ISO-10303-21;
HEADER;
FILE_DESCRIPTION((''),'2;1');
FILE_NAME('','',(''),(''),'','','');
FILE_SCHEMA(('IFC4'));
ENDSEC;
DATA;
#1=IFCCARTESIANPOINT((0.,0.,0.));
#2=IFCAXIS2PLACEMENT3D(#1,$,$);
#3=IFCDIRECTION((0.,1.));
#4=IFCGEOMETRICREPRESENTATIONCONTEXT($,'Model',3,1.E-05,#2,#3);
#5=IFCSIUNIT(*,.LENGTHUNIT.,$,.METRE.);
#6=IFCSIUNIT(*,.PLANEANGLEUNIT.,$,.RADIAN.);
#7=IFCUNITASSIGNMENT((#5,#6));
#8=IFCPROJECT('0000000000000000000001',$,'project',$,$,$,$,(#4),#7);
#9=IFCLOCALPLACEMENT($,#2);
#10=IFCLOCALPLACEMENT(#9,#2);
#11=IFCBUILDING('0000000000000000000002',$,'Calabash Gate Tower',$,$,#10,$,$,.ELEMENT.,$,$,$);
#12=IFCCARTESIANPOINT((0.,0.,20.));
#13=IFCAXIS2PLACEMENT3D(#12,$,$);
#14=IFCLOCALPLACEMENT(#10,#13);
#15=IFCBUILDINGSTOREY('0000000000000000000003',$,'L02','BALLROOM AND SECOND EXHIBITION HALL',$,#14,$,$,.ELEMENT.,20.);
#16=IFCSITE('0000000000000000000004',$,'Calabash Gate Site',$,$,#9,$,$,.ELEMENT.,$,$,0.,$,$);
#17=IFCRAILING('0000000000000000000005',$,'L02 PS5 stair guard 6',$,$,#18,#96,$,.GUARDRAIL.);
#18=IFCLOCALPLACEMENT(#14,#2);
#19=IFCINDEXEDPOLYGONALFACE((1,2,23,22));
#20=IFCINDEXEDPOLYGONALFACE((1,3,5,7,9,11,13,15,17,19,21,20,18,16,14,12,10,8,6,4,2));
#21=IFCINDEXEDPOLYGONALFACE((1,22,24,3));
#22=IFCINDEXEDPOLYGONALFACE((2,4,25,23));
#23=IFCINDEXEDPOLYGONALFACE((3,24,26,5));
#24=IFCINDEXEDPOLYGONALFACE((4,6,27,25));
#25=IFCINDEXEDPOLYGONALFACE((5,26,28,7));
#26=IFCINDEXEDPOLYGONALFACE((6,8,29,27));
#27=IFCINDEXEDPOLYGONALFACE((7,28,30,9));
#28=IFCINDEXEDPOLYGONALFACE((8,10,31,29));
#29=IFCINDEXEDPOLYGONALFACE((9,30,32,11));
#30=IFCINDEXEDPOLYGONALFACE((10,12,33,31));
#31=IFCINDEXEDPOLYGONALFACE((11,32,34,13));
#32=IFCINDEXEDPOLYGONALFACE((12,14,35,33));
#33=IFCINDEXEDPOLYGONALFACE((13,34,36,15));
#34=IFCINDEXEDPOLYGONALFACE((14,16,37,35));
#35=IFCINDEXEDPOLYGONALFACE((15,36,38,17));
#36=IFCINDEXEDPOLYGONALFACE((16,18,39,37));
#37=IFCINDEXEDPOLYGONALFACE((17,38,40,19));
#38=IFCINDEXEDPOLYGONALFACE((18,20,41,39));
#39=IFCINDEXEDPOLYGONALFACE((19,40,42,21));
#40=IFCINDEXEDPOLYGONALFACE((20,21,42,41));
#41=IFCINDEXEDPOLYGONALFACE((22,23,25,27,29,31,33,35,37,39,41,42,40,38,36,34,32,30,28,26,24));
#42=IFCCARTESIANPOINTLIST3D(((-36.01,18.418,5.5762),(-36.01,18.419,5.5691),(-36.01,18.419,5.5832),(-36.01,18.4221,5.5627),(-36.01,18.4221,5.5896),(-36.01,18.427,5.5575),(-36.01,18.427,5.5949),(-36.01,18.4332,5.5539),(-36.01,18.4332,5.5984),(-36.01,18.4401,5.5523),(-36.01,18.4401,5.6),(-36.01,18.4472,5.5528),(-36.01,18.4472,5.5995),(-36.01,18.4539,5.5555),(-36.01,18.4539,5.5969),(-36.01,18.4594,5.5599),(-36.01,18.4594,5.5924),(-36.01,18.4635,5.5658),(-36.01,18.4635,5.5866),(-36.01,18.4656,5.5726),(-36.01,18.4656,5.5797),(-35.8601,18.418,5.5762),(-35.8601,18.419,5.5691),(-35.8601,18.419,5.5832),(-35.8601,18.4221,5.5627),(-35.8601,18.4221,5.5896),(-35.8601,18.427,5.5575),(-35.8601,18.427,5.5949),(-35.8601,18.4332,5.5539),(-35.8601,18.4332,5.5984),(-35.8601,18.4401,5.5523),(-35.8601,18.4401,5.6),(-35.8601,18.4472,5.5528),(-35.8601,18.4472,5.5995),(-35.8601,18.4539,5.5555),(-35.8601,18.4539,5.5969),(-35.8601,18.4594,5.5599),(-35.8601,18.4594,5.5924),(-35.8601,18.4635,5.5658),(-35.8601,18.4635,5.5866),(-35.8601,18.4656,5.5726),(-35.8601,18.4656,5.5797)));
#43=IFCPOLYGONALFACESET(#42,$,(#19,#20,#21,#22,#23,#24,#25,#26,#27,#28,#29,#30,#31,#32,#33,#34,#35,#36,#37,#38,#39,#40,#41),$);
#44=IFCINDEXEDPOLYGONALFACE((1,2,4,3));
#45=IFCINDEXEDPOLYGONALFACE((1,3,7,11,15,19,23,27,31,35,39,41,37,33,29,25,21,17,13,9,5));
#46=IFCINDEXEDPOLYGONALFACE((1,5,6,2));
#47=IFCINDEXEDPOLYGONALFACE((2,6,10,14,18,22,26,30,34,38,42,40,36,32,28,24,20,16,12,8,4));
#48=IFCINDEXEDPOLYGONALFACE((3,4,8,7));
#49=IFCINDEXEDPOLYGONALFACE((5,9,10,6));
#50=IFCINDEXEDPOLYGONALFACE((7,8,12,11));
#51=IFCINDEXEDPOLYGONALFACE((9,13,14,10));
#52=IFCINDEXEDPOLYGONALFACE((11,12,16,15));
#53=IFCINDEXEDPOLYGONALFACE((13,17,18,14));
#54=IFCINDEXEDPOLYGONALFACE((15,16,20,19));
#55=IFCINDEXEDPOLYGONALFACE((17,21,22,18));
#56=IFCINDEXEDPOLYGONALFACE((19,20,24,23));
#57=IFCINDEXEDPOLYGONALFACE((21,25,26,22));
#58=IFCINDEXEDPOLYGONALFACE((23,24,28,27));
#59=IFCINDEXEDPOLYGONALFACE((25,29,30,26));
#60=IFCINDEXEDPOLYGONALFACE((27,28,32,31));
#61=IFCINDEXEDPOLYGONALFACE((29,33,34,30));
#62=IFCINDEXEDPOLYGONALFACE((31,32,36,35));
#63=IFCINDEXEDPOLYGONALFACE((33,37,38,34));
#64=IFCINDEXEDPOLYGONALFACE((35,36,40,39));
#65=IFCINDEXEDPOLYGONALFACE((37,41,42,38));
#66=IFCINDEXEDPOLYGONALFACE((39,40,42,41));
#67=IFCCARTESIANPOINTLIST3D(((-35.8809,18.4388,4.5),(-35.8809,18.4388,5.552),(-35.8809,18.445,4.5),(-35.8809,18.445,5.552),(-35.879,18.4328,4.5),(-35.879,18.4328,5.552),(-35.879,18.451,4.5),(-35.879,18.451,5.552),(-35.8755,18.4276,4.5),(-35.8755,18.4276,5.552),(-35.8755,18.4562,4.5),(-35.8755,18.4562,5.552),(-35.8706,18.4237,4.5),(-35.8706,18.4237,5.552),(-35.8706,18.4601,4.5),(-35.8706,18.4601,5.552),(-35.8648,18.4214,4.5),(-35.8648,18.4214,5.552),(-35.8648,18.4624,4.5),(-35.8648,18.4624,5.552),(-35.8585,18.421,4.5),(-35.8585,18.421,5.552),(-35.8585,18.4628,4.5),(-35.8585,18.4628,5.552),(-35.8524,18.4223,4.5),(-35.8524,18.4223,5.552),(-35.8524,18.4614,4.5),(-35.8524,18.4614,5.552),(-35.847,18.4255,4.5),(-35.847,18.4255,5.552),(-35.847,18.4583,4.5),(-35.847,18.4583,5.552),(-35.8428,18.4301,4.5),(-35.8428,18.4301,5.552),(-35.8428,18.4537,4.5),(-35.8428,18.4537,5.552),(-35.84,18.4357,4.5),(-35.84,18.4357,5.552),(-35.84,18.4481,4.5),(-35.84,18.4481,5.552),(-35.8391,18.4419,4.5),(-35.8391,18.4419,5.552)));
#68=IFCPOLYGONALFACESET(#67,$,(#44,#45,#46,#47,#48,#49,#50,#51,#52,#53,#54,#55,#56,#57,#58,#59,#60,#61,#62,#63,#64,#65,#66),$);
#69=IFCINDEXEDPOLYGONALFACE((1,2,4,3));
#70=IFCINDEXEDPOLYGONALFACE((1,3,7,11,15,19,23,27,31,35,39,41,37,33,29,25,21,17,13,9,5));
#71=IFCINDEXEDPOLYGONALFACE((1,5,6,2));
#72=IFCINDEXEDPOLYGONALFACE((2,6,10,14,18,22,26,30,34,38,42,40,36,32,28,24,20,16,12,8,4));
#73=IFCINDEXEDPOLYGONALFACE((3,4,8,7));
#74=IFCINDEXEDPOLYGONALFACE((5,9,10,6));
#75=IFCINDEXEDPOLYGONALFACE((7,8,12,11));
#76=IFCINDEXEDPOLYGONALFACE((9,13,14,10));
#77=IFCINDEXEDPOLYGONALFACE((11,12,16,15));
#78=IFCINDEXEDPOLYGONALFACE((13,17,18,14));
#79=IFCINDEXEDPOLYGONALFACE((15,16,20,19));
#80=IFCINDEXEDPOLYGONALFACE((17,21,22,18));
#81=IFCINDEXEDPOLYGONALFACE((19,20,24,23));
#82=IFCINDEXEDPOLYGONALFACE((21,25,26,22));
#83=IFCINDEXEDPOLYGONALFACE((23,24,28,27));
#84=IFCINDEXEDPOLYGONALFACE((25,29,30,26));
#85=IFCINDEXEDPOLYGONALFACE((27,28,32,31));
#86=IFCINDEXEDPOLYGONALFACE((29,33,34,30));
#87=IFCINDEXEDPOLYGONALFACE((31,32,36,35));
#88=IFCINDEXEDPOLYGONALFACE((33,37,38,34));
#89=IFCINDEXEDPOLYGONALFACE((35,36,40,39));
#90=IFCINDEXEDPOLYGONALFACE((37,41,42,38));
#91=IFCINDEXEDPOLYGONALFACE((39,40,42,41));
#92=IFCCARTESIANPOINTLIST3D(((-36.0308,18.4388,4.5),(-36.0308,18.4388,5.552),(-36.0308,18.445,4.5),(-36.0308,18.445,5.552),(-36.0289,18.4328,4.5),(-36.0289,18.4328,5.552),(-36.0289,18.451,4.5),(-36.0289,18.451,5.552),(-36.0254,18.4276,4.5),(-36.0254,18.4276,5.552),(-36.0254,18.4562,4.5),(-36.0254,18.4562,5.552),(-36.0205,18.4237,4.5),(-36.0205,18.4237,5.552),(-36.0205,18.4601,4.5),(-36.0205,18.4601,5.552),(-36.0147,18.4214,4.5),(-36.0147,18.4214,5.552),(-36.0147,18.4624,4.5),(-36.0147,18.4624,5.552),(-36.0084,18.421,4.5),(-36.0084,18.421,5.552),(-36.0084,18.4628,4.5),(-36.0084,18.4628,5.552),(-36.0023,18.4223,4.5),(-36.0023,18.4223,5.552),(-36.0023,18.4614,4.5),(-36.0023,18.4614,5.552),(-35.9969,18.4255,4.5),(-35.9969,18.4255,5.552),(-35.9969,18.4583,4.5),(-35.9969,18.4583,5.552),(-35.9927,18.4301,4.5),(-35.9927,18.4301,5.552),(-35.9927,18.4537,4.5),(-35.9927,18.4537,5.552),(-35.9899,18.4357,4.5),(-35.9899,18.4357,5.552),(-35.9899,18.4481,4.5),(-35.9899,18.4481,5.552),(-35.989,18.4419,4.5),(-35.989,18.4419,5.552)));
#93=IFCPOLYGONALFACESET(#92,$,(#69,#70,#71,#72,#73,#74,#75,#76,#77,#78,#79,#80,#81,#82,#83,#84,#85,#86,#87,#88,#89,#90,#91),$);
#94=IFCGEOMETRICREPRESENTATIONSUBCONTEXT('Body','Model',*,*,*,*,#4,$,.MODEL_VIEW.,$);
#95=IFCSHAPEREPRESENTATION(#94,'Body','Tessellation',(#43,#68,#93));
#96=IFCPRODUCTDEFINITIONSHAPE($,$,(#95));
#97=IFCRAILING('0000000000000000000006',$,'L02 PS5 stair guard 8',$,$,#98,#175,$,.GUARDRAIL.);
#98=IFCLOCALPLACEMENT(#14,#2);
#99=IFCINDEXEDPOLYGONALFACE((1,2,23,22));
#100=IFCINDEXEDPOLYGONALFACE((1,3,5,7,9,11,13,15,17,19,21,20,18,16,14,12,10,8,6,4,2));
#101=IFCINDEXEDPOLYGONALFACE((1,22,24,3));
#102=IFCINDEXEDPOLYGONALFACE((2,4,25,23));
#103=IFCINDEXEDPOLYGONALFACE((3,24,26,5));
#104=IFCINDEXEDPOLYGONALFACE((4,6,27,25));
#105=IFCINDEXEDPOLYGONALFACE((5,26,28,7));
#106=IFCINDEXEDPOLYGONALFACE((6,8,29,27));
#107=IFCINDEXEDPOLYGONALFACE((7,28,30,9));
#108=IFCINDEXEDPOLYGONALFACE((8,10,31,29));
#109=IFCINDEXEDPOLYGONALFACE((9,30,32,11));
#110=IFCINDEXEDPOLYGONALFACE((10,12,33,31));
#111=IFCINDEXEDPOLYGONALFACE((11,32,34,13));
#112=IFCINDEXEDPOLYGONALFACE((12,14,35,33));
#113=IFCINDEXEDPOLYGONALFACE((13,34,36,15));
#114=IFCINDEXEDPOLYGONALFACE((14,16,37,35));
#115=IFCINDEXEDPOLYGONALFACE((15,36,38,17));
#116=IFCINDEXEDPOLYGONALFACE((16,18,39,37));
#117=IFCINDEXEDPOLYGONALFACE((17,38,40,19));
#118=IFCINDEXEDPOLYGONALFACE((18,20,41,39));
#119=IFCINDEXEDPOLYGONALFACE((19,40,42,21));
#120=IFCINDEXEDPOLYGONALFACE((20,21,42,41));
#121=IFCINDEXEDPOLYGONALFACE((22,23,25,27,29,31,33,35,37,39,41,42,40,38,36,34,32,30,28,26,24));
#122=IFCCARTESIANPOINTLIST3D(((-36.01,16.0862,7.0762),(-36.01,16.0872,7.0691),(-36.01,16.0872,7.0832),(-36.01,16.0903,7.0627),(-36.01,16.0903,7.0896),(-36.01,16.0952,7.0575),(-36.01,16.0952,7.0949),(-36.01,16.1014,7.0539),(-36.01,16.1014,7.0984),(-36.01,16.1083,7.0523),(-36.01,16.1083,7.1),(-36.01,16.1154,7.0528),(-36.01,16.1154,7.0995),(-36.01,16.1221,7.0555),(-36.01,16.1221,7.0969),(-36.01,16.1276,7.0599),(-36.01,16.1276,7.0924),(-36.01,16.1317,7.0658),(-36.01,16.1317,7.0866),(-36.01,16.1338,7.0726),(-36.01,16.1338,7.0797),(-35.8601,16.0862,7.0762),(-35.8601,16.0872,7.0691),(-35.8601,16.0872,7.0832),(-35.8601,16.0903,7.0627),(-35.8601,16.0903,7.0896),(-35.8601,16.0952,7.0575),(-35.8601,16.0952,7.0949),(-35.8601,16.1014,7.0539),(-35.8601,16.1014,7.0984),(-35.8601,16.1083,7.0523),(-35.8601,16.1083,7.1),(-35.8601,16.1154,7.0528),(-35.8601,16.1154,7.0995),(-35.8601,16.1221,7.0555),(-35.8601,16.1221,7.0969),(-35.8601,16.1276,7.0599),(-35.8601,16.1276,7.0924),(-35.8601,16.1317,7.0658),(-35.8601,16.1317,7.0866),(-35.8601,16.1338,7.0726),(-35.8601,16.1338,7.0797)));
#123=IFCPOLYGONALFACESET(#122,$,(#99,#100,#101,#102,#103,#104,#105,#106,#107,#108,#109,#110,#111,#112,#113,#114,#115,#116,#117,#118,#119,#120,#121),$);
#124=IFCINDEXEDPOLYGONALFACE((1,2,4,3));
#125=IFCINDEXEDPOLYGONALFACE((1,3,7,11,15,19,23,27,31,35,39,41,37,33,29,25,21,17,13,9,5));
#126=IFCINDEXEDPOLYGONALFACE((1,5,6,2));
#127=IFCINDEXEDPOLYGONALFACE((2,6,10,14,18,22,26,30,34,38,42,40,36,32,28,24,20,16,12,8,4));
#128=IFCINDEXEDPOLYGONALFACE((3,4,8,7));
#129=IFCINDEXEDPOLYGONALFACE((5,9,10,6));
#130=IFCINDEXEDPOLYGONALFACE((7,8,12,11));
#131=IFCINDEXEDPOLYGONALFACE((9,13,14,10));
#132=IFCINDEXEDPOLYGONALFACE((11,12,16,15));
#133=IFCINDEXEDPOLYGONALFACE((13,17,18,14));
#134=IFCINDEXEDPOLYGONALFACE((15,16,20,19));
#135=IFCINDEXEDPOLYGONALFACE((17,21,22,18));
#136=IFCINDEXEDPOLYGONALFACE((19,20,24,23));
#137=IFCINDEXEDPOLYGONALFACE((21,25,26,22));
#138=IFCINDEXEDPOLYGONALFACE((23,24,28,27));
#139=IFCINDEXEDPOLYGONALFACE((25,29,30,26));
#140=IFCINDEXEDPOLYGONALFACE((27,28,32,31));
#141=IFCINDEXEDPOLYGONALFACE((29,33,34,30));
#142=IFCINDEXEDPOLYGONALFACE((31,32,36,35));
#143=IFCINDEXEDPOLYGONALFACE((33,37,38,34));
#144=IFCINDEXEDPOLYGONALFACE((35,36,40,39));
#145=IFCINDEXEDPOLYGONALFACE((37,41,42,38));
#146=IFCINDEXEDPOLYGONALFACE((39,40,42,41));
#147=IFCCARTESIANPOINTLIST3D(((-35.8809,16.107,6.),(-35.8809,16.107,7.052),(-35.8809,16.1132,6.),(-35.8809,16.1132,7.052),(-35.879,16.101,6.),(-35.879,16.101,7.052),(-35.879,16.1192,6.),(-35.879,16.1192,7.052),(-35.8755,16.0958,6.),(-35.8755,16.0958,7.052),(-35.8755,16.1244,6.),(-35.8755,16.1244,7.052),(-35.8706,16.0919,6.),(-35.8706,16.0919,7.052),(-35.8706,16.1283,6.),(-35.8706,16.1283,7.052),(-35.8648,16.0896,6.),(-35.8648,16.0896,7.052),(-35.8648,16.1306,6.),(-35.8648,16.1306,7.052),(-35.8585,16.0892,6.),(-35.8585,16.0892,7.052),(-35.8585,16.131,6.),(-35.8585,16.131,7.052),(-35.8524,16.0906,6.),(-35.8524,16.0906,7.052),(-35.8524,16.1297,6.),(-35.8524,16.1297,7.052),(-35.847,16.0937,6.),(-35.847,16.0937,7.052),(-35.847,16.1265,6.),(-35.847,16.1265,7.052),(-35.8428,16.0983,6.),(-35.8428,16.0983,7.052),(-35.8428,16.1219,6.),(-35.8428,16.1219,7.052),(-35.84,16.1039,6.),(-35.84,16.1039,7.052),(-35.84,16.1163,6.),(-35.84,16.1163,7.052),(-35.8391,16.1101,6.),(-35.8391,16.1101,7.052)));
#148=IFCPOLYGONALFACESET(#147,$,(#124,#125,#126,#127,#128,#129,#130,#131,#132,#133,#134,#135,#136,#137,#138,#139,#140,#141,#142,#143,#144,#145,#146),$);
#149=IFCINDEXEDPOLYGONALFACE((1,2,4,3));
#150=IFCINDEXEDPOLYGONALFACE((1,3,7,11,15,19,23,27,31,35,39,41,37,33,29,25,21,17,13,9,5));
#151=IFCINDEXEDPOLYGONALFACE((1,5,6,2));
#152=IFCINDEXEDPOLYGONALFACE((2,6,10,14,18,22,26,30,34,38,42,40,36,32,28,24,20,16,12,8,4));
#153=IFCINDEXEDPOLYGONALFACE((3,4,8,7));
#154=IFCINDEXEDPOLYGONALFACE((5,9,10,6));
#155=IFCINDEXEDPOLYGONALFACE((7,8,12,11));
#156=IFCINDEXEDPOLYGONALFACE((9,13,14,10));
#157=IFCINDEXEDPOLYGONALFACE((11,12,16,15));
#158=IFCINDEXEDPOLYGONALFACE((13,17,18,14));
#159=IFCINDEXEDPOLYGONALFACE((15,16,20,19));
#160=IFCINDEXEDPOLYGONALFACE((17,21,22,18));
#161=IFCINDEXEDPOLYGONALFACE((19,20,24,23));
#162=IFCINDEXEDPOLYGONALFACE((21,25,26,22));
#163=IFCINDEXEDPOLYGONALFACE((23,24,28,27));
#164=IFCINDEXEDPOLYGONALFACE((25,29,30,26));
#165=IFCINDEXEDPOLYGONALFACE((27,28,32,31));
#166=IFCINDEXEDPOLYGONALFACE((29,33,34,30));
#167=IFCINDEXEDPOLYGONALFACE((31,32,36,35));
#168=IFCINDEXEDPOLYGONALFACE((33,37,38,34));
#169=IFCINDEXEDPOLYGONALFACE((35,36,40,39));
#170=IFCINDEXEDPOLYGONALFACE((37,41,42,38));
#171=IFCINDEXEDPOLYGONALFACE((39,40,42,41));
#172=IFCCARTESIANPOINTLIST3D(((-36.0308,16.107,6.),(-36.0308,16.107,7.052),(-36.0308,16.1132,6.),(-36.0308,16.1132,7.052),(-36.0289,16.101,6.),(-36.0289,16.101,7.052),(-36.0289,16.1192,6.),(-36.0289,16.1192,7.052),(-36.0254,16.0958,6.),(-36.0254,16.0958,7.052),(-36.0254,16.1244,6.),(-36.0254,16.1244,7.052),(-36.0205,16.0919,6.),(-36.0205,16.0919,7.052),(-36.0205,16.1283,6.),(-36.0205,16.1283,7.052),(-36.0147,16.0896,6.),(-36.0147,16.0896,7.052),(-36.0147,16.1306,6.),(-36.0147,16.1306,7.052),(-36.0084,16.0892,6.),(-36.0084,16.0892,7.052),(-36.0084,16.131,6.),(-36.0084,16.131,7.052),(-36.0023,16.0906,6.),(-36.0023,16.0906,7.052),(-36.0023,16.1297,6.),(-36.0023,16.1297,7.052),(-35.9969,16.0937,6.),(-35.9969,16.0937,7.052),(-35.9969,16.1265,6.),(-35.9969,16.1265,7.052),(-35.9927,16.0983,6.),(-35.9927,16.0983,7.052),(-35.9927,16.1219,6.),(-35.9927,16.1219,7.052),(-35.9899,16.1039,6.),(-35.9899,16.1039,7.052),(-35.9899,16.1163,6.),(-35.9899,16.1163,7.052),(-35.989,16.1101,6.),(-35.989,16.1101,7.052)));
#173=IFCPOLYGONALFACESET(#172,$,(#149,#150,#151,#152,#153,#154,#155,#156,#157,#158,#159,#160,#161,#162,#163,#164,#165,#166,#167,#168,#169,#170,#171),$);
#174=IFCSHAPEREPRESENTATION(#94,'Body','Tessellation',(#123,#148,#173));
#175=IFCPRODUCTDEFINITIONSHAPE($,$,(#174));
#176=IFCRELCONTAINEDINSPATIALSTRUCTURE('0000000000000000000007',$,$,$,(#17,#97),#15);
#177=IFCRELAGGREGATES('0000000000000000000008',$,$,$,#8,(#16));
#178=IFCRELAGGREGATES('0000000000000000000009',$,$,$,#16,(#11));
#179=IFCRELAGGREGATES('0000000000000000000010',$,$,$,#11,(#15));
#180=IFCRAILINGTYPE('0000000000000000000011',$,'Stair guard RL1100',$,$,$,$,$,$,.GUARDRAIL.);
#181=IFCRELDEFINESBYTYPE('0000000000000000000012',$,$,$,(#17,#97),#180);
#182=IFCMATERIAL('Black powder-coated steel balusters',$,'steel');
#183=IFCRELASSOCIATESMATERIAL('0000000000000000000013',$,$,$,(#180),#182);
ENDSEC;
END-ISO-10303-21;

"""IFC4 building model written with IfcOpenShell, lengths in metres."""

from ifc_helpers import new_model, si_unit, direction, frame, origin, origin_2d, place, context, subcontext, project, spatial, circle, extrude, material, type_object, element, save


model = new_model("IFC4")

# Units and contexts
model_context = context("Model", 3, precision=1e-05, world=origin(), true_north=direction((0.0, 1.0)))
body_context = subcontext(model_context, "Body", "Model", "MODEL_VIEW")
ifc_project = project(units=[si_unit("LENGTHUNIT", "METRE"), si_unit("PLANEANGLEUNIT", "RADIAN")], contexts=[model_context])

# Site, building, storey
site_placement = place(None, origin())
site = spatial("IfcSite", under=ifc_project, at=site_placement, Name="Calabash Gate Site", CompositionType="ELEMENT", RefElevation=0.0)
building_placement = place(site_placement, origin())
building = spatial("IfcBuilding", under=site, at=building_placement, Name="Calabash Gate Tower", CompositionType="ELEMENT")
storey_placement = place(building_placement, frame((0.0, 0.0, 20.0)))
storey = spatial("IfcBuildingStorey", under=building, at=storey_placement, Name="L02", Description="BALLROOM AND SECOND EXHIBITION HALL", CompositionType="ELEMENT", Elevation=20.0)

# Railings
ifc_material_1 = material(Name="Black powder-coated steel balusters", Category="steel")
railing_type_1 = type_object("IfcRailingType", Name="Stair guard RL1100", PredefinedType="GUARDRAIL", material=ifc_material_1)
for number, where, name in (
    (1, (-35.8601, 18.4419, 4.5), "L02 PS5 stair guard 6"),
    (2, (-35.8601, 16.1101, 6.0), "L02 PS5 stair guard 8"),
):
    element("IfcRailing", number, at=place(storey_placement, frame(where)), inside=storey, type_object=railing_type_1, Name=name, PredefinedType="GUARDRAIL", context=body_context, shape_type="SweptSolid", body=[
        extrude(circle(Radius=0.0239, at=origin_2d()), frame((0.0, 0.0, 1.0762), z_axis=(-1.0, 0.0, 0.0), x_axis=(0.0, -1.0, 0.0)), (0.0, 0.0, 1.0), 0.1499),
        extrude(circle(Radius=0.021, at=origin_2d()), origin(), (0.0, 0.0, 1.0), 1.052),
        extrude(circle(Radius=0.021, at=origin_2d()), frame((-0.1499, 0.0, 0.0)), (0.0, 0.0, 1.0), 1.052),
    ])

save(model, "model.ifc")
